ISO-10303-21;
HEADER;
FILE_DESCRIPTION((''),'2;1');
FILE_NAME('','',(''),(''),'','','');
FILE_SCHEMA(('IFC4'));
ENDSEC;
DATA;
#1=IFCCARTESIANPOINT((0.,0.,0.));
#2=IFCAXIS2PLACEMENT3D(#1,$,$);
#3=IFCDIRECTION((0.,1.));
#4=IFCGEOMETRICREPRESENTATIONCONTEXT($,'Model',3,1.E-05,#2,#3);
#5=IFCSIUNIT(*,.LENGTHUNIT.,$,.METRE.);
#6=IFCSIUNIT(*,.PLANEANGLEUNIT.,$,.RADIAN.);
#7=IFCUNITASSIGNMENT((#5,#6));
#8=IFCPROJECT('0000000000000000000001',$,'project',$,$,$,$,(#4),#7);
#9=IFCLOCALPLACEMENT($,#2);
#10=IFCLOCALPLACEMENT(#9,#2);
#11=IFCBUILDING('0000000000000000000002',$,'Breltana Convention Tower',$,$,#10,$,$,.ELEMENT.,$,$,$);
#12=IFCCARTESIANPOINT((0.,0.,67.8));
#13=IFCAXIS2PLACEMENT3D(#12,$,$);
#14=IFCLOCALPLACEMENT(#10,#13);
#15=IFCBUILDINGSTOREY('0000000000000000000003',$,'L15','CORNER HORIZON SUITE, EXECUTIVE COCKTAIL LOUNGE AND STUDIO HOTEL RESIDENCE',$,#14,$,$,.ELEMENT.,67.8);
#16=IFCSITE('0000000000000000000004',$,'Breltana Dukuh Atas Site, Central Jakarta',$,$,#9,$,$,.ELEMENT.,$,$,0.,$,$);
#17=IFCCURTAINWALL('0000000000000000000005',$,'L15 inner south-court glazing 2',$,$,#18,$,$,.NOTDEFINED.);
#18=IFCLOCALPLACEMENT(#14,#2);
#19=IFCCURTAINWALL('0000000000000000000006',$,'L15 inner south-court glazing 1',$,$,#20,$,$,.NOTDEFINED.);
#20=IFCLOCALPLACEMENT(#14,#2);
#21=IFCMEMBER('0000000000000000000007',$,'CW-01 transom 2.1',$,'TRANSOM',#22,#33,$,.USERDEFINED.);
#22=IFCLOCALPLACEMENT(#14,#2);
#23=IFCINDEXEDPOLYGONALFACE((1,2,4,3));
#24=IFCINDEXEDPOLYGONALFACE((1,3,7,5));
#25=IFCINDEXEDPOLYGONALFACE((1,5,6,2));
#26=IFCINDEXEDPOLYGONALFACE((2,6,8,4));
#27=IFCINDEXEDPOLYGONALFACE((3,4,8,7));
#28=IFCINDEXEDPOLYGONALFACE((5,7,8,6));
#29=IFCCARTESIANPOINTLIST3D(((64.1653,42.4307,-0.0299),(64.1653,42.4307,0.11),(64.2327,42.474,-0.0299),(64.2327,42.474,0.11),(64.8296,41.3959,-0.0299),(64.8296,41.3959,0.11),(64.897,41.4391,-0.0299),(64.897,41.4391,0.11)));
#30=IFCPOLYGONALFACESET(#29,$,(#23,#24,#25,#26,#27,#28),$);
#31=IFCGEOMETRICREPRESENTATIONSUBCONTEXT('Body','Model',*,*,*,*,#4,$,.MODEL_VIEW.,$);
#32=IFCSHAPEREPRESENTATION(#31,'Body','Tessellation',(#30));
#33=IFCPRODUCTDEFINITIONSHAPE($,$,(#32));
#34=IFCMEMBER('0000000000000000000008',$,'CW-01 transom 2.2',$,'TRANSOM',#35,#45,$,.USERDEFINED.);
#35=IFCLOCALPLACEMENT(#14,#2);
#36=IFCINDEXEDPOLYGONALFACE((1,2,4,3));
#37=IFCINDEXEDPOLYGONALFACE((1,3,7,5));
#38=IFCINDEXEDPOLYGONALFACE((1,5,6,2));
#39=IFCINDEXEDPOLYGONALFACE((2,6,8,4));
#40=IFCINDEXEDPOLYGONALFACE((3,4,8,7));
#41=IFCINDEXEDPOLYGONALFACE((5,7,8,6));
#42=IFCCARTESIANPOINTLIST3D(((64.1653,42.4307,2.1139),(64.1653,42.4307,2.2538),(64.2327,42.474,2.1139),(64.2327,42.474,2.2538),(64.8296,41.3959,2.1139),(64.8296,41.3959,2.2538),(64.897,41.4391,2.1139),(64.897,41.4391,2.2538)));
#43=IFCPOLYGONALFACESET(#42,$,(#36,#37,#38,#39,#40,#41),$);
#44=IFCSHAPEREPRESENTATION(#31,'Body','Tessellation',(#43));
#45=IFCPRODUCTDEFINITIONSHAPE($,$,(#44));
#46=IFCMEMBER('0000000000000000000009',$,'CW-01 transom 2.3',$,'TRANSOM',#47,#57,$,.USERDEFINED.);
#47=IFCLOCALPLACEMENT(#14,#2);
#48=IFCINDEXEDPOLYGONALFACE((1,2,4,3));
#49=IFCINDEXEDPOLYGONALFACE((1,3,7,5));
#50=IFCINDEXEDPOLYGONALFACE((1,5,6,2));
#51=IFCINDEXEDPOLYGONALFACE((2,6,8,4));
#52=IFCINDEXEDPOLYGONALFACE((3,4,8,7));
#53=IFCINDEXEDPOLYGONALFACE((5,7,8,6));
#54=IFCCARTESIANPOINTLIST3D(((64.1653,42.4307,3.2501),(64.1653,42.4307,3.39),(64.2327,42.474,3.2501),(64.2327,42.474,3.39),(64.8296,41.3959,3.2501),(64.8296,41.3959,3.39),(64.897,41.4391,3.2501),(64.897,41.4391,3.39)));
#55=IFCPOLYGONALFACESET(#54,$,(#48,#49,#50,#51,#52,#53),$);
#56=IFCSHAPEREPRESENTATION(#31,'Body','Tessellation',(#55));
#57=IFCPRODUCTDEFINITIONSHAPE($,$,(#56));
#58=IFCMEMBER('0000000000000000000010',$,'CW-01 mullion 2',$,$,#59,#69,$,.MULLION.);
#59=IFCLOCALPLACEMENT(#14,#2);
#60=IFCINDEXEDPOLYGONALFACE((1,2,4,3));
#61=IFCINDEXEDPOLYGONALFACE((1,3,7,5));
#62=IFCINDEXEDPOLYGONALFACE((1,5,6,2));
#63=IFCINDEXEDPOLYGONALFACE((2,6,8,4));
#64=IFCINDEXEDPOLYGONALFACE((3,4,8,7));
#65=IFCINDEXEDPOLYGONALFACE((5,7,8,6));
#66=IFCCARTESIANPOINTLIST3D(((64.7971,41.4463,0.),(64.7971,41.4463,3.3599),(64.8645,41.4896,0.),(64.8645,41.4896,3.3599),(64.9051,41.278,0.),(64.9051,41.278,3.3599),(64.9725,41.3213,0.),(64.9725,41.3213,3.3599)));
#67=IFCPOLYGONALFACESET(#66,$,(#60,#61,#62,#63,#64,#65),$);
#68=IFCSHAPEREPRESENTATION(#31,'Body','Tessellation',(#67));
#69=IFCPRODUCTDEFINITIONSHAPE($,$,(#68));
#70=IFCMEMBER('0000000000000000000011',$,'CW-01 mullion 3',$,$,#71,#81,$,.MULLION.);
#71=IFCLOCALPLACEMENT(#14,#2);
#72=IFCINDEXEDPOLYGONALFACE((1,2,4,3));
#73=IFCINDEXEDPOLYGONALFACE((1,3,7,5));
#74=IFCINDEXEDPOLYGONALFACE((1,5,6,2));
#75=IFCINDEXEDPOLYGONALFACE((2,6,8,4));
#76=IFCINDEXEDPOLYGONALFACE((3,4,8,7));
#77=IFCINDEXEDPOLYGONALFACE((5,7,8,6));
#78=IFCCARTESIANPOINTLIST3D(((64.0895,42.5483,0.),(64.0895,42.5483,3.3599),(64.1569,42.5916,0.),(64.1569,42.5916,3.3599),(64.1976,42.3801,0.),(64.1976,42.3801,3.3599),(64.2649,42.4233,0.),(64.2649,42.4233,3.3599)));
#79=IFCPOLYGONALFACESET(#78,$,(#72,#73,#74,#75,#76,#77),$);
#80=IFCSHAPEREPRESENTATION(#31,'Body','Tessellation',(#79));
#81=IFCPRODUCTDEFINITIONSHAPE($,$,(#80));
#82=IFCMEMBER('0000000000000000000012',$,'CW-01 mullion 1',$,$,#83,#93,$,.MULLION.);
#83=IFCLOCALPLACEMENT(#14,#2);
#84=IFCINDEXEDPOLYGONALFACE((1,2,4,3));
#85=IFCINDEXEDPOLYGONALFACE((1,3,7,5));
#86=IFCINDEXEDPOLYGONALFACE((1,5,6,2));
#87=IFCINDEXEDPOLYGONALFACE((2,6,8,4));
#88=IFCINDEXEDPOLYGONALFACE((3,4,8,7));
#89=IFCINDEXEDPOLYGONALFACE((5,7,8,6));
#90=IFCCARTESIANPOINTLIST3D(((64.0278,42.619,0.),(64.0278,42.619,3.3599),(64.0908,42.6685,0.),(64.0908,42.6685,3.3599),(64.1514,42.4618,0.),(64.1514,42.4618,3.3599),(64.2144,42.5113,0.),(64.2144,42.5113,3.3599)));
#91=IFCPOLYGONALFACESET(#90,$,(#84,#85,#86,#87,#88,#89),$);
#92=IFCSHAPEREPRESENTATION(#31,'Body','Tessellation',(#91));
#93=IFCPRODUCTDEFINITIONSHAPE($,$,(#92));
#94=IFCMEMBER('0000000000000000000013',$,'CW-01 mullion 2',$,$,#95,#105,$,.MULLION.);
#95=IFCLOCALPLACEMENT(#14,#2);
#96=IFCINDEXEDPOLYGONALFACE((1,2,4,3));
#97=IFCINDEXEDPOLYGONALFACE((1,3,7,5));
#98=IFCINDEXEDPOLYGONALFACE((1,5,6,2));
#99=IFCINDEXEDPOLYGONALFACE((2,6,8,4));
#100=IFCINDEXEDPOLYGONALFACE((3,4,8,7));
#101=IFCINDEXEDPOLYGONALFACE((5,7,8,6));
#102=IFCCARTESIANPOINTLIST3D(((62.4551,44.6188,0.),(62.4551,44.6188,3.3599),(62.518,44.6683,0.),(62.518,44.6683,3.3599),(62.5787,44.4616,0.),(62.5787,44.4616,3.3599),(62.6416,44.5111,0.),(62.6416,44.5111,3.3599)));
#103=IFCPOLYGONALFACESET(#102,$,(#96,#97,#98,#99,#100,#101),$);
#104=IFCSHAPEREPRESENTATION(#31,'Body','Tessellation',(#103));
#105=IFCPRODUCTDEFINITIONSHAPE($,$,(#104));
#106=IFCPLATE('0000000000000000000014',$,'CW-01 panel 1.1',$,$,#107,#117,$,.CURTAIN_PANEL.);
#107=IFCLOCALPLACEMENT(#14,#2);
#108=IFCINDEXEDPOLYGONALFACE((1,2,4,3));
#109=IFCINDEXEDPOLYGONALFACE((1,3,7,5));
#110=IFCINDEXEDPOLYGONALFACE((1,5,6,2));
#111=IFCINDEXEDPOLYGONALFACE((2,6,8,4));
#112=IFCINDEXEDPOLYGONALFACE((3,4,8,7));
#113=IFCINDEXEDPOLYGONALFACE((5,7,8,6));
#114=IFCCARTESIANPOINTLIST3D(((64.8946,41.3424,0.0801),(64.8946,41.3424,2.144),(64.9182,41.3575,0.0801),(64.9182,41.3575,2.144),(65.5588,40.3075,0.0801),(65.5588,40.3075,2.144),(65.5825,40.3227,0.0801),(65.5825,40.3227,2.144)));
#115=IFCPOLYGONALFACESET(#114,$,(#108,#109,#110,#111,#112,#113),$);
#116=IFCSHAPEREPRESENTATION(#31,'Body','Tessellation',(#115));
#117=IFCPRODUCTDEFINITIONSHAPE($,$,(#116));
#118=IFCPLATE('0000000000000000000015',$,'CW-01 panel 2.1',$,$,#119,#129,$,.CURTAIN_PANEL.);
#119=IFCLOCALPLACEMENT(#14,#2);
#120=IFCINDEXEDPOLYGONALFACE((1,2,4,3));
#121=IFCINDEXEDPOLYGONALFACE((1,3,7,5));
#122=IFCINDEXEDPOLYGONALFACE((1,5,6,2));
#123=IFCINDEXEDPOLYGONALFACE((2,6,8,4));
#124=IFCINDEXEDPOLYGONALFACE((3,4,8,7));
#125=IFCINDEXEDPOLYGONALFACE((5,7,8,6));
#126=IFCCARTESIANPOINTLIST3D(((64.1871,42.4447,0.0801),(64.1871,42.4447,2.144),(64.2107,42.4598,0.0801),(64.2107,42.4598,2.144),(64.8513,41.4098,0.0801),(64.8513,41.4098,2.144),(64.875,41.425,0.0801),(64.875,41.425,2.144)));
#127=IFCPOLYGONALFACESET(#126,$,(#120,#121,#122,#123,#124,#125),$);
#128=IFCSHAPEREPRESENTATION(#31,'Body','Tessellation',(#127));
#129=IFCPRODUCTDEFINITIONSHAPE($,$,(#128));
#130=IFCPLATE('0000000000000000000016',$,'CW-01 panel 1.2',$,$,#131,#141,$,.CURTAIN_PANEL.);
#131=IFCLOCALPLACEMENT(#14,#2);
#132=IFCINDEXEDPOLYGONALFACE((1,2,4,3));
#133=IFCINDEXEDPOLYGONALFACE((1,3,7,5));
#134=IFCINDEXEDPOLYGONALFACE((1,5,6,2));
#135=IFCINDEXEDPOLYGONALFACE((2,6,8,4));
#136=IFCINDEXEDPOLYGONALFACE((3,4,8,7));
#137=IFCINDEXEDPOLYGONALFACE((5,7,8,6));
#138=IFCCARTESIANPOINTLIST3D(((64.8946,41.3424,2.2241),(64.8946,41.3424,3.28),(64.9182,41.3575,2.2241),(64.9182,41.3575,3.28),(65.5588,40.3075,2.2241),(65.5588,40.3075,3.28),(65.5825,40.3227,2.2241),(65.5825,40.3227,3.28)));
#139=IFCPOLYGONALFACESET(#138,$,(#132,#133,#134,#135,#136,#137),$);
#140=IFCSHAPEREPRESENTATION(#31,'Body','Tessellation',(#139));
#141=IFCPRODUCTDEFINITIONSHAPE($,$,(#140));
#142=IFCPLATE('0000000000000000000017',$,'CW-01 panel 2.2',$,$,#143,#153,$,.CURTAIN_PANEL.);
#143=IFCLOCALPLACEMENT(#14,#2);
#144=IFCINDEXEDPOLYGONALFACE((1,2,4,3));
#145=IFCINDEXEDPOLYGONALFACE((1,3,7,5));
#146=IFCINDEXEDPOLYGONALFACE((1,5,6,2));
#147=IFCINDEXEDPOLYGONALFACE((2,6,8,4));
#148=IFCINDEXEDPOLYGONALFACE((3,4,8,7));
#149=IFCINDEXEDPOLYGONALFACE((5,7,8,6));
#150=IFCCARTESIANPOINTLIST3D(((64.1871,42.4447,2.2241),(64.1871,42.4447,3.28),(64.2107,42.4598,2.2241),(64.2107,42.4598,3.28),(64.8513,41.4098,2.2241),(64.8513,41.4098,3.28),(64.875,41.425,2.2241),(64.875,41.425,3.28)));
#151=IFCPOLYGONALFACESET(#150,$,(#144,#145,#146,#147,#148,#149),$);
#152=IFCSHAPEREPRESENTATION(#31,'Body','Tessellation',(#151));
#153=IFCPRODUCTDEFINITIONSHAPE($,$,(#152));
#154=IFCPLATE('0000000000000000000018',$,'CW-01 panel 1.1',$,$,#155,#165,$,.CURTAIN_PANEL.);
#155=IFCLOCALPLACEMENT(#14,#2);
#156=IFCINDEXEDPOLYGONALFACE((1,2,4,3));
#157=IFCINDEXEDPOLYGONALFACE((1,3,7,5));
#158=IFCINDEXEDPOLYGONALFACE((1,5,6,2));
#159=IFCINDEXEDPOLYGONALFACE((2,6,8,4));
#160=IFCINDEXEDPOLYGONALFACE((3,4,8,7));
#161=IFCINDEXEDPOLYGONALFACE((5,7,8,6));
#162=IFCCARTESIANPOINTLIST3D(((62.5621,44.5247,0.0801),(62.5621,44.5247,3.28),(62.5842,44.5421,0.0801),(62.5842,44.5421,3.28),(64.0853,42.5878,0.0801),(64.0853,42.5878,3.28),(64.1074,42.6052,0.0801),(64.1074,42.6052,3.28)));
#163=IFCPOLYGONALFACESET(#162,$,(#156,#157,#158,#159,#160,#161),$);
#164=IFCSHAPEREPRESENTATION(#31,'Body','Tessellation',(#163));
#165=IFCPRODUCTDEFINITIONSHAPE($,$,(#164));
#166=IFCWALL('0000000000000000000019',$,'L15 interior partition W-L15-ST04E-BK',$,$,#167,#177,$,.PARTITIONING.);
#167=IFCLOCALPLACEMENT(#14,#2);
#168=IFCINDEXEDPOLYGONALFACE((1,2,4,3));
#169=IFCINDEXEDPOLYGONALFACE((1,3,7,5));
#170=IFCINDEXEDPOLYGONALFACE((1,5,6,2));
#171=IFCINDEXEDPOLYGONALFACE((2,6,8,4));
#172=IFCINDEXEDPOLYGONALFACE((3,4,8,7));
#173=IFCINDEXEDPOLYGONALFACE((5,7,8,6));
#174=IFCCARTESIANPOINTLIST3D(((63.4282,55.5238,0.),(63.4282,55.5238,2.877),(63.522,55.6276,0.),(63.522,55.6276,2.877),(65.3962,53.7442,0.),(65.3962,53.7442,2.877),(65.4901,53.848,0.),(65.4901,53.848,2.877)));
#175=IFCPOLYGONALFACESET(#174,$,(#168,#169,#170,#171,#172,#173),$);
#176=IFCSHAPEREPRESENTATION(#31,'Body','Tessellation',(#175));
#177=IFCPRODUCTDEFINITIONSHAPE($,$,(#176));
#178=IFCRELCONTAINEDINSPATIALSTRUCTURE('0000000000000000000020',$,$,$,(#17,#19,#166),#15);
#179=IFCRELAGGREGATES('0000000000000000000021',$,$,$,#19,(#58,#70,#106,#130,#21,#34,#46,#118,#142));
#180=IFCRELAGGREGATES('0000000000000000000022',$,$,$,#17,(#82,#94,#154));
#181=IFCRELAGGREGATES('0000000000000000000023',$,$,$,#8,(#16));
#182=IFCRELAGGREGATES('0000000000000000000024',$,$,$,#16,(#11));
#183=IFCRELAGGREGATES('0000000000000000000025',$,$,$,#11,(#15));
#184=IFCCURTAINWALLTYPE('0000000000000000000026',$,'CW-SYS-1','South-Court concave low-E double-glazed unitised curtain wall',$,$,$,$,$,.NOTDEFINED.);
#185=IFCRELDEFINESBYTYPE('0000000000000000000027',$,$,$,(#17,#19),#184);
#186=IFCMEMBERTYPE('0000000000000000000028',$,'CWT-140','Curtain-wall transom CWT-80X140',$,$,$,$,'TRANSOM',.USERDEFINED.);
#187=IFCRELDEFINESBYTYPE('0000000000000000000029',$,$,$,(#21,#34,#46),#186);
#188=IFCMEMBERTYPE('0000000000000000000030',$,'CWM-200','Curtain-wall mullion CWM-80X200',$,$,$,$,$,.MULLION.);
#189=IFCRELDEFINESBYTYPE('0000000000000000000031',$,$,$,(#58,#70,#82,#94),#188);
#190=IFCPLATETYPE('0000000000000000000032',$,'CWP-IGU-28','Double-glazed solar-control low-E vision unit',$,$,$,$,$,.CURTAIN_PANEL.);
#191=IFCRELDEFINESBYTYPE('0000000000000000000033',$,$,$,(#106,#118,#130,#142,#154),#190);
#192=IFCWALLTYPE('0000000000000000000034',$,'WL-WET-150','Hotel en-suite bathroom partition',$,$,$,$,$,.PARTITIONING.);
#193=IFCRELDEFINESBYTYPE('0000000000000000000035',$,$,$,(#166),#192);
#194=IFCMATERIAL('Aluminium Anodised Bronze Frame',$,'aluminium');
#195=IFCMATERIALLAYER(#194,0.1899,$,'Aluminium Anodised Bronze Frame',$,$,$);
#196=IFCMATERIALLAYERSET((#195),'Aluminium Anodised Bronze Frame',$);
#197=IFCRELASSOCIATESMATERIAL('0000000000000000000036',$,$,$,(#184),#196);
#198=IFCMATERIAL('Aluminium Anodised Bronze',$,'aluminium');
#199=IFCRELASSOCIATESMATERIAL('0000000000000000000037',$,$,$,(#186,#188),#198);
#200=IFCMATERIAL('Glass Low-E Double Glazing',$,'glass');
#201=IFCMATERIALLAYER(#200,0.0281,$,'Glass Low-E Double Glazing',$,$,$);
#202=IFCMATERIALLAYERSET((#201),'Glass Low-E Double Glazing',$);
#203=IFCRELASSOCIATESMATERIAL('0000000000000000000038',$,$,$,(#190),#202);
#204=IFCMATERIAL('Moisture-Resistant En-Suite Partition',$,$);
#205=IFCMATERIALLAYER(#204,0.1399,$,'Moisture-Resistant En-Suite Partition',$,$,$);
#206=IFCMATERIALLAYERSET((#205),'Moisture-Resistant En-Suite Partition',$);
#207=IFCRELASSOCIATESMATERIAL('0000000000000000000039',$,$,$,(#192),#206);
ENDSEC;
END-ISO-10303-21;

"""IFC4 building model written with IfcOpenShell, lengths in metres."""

from ifc_helpers import new_model, si_unit, direction, frame, frame_2d, origin, origin_2d, place, context, subcontext, project, spatial, rectangle, extrude, source, transform, mapped, material, layer, layer_set, material_profile, profile_set, type_object, element, aggregate, save


model = new_model("IFC4")

# Units and contexts
model_context = context("Model", 3, precision=1e-05, world=origin(), true_north=direction((0.0, 1.0)))
body_context = subcontext(model_context, "Body", "Model", "MODEL_VIEW")
ifc_project = project(units=[si_unit("LENGTHUNIT", "METRE"), si_unit("PLANEANGLEUNIT", "RADIAN")], contexts=[model_context])

# Site, building, storey
site_placement = place(None, origin())
site = spatial("IfcSite", under=ifc_project, at=site_placement, Name="Breltana Dukuh Atas Site, Central Jakarta", CompositionType="ELEMENT", RefElevation=0.0)
building_placement = place(site_placement, origin())
building = spatial("IfcBuilding", under=site, at=building_placement, Name="Breltana Convention Tower", CompositionType="ELEMENT")
storey_placement = place(building_placement, frame((0.0, 0.0, 67.8)))
storey = spatial("IfcBuildingStorey", under=building, at=storey_placement, Name="L15", Description="CORNER HORIZON SUITE, EXECUTIVE COCKTAIL LOUNGE AND STUDIO HOTEL RESIDENCE", CompositionType="ELEMENT", Elevation=67.8)

# Curtain walls, members
ifc_material_1 = material(Name="Aluminium Anodised Bronze Frame", Category="aluminium")
ifc_layer_1 = layer(ifc_material_1, 0.1899, Name="Aluminium Anodised Bronze Frame")
ifc_layer_set_1 = layer_set([ifc_layer_1], Name="Aluminium Anodised Bronze Frame")
curtain_wall_type = type_object("IfcCurtainWallType", Name="CW-SYS-1", Description="South-Court concave low-E double-glazed unitised curtain wall", PredefinedType="NOTDEFINED", material=ifc_layer_set_1)
curtain_wall_1_placement = place(storey_placement, origin())
curtain_wall_1 = element("IfcCurtainWall", 1, at=curtain_wall_1_placement, inside=storey, type_object=curtain_wall_type, Name="L15 inner south-court glazing 2", PredefinedType="NOTDEFINED")
ifc_material_2 = material(Name="Aluminium Anodised Bronze", Category="aluminium")
ifc_material_profile_1 = material_profile(ifc_material_2, rectangle(XDim=0.0801, YDim=0.1399, at=origin_2d()), Name="CWT-80X140")
ifc_profile_set_1 = profile_set([ifc_material_profile_1], Name="Aluminium Anodised Bronze")
member_type_1 = type_object("IfcMemberType", Name="CWT-140", Description="Curtain-wall transom CWT-80X140", ElementType="TRANSOM", PredefinedType="USERDEFINED", material=ifc_profile_set_1)
curtain_wall_2_placement = place(storey_placement, origin())
curtain_wall_2 = element("IfcCurtainWall", 2, at=curtain_wall_2_placement, inside=storey, type_object=curtain_wall_type, Name="L15 inner south-court glazing 1", PredefinedType="NOTDEFINED")
shared_shape_1 = source(origin(), body_context, "Body", "SweptSolid", [
    extrude(rectangle(XDim=0.0801, YDim=0.1399, at=origin_2d()), origin(), (0.0, 0.0, 1.0), 1.2297),
])
member_1_placement = place(storey_placement, frame((64.8633, 41.4175, 0.04), z_axis=(-0.540186, 0.841546, 0.0), x_axis=(-0.841546, -0.540186, 0.0)))
member_1 = element("IfcMember", 3, at=member_1_placement, type_object=member_type_1, Name="CW-01 transom 2.1", ObjectType="TRANSOM", PredefinedType="USERDEFINED", context=body_context, shape_type="MappedRepresentation", body=[
    mapped(shared_shape_1, transform((0.0, 0.0, 0.0), scale=1.0)),
])
member_2_placement = place(storey_placement, frame((64.8633, 41.4175, 2.1838), z_axis=(-0.540186, 0.841546, 0.0), x_axis=(-0.841546, -0.540186, 0.0)))
member_2 = element("IfcMember", 4, at=member_2_placement, type_object=member_type_1, Name="CW-01 transom 2.2", ObjectType="TRANSOM", PredefinedType="USERDEFINED", context=body_context, shape_type="MappedRepresentation", body=[
    mapped(shared_shape_1, transform((0.0, 0.0, 0.0), scale=1.0)),
])
member_3_placement = place(storey_placement, frame((64.8633, 41.4175, 3.3201), z_axis=(-0.540186, 0.841546, 0.0), x_axis=(-0.841546, -0.540186, 0.0)))
member_3 = element("IfcMember", 5, at=member_3_placement, type_object=member_type_1, Name="CW-01 transom 2.3", ObjectType="TRANSOM", PredefinedType="USERDEFINED", context=body_context, shape_type="MappedRepresentation", body=[
    mapped(shared_shape_1, transform((0.0, 0.0, 0.0), scale=1.0)),
])
ifc_material_profile_2 = material_profile(ifc_material_2, rectangle(XDim=0.0801, YDim=0.2, at=origin_2d()), Name="CWM-80X200")
ifc_profile_set_2 = profile_set([ifc_material_profile_2], Name="Aluminium Anodised Bronze")
member_type_2 = type_object("IfcMemberType", Name="CWM-200", Description="Curtain-wall mullion CWM-80X200", PredefinedType="MULLION", material=ifc_profile_set_2)
shared_shape_2 = source(origin(), body_context, "Body", "SweptSolid", [
    extrude(rectangle(XDim=0.0801, YDim=0.2, at=origin_2d()), origin(), (0.0, 0.0, 1.0), 3.3599),
])
member_4_placement = place(storey_placement, frame((64.8848, 41.3838, 0.0), z_axis=(0.0, 0.0, 1.0), x_axis=(-0.841556, -0.54017, 0.0)))
member_4 = element("IfcMember", 6, at=member_4_placement, type_object=member_type_2, Name="CW-01 mullion 2", PredefinedType="MULLION", context=body_context, shape_type="MappedRepresentation", body=[
    mapped(shared_shape_2, transform((0.0, 0.0, 0.0), scale=1.0)),
])
member_5_placement = place(storey_placement, frame((64.1772, 42.4858, 0.0), z_axis=(0.0, 0.0, 1.0), x_axis=(-0.841556, -0.54017, 0.0)))
member_5 = element("IfcMember", 7, at=member_5_placement, type_object=member_type_2, Name="CW-01 mullion 3", PredefinedType="MULLION", context=body_context, shape_type="MappedRepresentation", body=[
    mapped(shared_shape_2, transform((0.0, 0.0, 0.0), scale=1.0)),
])

# Members
member_6_placement = place(storey_placement, frame((64.1211, 42.5652, 0.0), z_axis=(0.0, 0.0, 1.0), x_axis=(-0.786058, -0.618153, 0.0)))
member_6 = element("IfcMember", 8, at=member_6_placement, type_object=member_type_2, Name="CW-01 mullion 1", PredefinedType="MULLION", context=body_context, shape_type="MappedRepresentation", body=[
    mapped(shared_shape_2, transform((0.0, 0.0, 0.0), scale=1.0)),
])
member_7_placement = place(storey_placement, frame((62.5483, 44.5649, 0.0), z_axis=(0.0, 0.0, 1.0), x_axis=(-0.786058, -0.618153, 0.0)))
member_7 = element("IfcMember", 9, at=member_7_placement, type_object=member_type_2, Name="CW-01 mullion 2", PredefinedType="MULLION", context=body_context, shape_type="MappedRepresentation", body=[
    mapped(shared_shape_2, transform((0.0, 0.0, 0.0), scale=1.0)),
])

# Plates
ifc_material_3 = material(Name="Glass Low-E Double Glazing", Category="glass")
ifc_layer_2 = layer(ifc_material_3, 0.0281, Name="Glass Low-E Double Glazing")
ifc_layer_set_2 = layer_set([ifc_layer_2], Name="Glass Low-E Double Glazing")
plate_type = type_object("IfcPlateType", Name="CWP-IGU-28", Description="Double-glazed solar-control low-E vision unit", PredefinedType="CURTAIN_PANEL", material=ifc_layer_set_2)
shared_shape_3 = source(origin(), body_context, "Body", "SweptSolid", [
    extrude(rectangle(XDim=1.2297, YDim=0.0281, at=origin_2d()), origin(), (0.0, 0.0, 1.0), 2.064),
])
plate_1_placement = place(storey_placement, frame((65.2385, 40.8325, 0.0801), z_axis=(0.0, 0.0, 1.0), x_axis=(-0.54017, 0.841556, 0.0)))
plate_1 = element("IfcPlate", 10, at=plate_1_placement, type_object=plate_type, Name="CW-01 panel 1.1", PredefinedType="CURTAIN_PANEL", context=body_context, shape_type="MappedRepresentation", body=[
    mapped(shared_shape_3, transform((0.0, 0.0, 0.0), scale=1.0)),
])
plate_2_placement = place(storey_placement, frame((64.531, 41.9348, 0.0801), z_axis=(0.0, 0.0, 1.0), x_axis=(-0.54017, 0.841556, 0.0)))
plate_2 = element("IfcPlate", 11, at=plate_2_placement, type_object=plate_type, Name="CW-01 panel 2.1", PredefinedType="CURTAIN_PANEL", context=body_context, shape_type="MappedRepresentation", body=[
    mapped(shared_shape_3, transform((0.0, 0.0, 0.0), scale=1.0)),
])
shared_shape_4 = source(origin(), body_context, "Body", "SweptSolid", [
    extrude(rectangle(XDim=1.2297, YDim=0.0281, at=origin_2d()), origin(), (0.0, 0.0, 1.0), 1.0559),
])
plate_3_placement = place(storey_placement, frame((65.2385, 40.8325, 2.2241), z_axis=(0.0, 0.0, 1.0), x_axis=(-0.54017, 0.841556, 0.0)))
plate_3 = element("IfcPlate", 12, at=plate_3_placement, type_object=plate_type, Name="CW-01 panel 1.2", PredefinedType="CURTAIN_PANEL", context=body_context, shape_type="MappedRepresentation", body=[
    mapped(shared_shape_4, transform((0.0, 0.0, 0.0), scale=1.0)),
])
plate_4_placement = place(storey_placement, frame((64.531, 41.9348, 2.2241), z_axis=(0.0, 0.0, 1.0), x_axis=(-0.54017, 0.841556, 0.0)))
plate_4 = element("IfcPlate", 13, at=plate_4_placement, type_object=plate_type, Name="CW-01 panel 2.2", PredefinedType="CURTAIN_PANEL", context=body_context, shape_type="MappedRepresentation", body=[
    mapped(shared_shape_4, transform((0.0, 0.0, 0.0), scale=1.0)),
])
aggregate(curtain_wall_2, [member_4, member_5, plate_1, plate_3, member_1, member_2, member_3, plate_2, plate_4])
shared_shape_5 = source(origin(), body_context, "Body", "SweptSolid", [
    extrude(rectangle(XDim=2.4641, YDim=0.0281, at=origin_2d()), origin(), (0.0, 0.0, 1.0), 3.2),
])
plate_5_placement = place(storey_placement, frame((63.3347, 43.5649, 0.0801), z_axis=(0.0, 0.0, 1.0), x_axis=(-0.618153, 0.786058, 0.0)))
plate_5 = element("IfcPlate", 14, at=plate_5_placement, type_object=plate_type, Name="CW-01 panel 1.1", PredefinedType="CURTAIN_PANEL", context=body_context, shape_type="MappedRepresentation", body=[
    mapped(shared_shape_5, transform((0.0, 0.0, 0.0), scale=1.0)),
])
aggregate(curtain_wall_1, [member_6, member_7, plate_5])

# Wall
ifc_material_4 = material(Name="Moisture-Resistant En-Suite Partition")
ifc_layer_3 = layer(ifc_material_4, 0.1399, Name="Moisture-Resistant En-Suite Partition")
ifc_layer_set_3 = layer_set([ifc_layer_3], Name="Moisture-Resistant En-Suite Partition")
wall_type_1 = type_object("IfcWallType", Name="WL-WET-150", Description="Hotel en-suite bathroom partition", PredefinedType="PARTITIONING", material=ifc_layer_set_3)
shared_shape_6 = source(origin(), body_context, "Body", "SweptSolid", [
    extrude(rectangle(XDim=2.6533, YDim=0.1399, at=frame_2d((1.3267, 0.0))), origin(), (0.0, 0.0, 1.0), 2.877),
])
wall_1_placement = place(storey_placement, frame((63.4751, 55.5757, 0.0), z_axis=(0.0, 0.0, 1.0), x_axis=(0.741732, -0.670696, 0.0)))
element("IfcWall", 15, at=wall_1_placement, inside=storey, type_object=wall_type_1, Name="L15 interior partition W-L15-ST04E-BK", PredefinedType="PARTITIONING", context=body_context, shape_type="MappedRepresentation", body=[
    mapped(shared_shape_6, transform((0.0, 0.0, 0.0), scale=1.0)),
])

save(model, "model.ifc")
